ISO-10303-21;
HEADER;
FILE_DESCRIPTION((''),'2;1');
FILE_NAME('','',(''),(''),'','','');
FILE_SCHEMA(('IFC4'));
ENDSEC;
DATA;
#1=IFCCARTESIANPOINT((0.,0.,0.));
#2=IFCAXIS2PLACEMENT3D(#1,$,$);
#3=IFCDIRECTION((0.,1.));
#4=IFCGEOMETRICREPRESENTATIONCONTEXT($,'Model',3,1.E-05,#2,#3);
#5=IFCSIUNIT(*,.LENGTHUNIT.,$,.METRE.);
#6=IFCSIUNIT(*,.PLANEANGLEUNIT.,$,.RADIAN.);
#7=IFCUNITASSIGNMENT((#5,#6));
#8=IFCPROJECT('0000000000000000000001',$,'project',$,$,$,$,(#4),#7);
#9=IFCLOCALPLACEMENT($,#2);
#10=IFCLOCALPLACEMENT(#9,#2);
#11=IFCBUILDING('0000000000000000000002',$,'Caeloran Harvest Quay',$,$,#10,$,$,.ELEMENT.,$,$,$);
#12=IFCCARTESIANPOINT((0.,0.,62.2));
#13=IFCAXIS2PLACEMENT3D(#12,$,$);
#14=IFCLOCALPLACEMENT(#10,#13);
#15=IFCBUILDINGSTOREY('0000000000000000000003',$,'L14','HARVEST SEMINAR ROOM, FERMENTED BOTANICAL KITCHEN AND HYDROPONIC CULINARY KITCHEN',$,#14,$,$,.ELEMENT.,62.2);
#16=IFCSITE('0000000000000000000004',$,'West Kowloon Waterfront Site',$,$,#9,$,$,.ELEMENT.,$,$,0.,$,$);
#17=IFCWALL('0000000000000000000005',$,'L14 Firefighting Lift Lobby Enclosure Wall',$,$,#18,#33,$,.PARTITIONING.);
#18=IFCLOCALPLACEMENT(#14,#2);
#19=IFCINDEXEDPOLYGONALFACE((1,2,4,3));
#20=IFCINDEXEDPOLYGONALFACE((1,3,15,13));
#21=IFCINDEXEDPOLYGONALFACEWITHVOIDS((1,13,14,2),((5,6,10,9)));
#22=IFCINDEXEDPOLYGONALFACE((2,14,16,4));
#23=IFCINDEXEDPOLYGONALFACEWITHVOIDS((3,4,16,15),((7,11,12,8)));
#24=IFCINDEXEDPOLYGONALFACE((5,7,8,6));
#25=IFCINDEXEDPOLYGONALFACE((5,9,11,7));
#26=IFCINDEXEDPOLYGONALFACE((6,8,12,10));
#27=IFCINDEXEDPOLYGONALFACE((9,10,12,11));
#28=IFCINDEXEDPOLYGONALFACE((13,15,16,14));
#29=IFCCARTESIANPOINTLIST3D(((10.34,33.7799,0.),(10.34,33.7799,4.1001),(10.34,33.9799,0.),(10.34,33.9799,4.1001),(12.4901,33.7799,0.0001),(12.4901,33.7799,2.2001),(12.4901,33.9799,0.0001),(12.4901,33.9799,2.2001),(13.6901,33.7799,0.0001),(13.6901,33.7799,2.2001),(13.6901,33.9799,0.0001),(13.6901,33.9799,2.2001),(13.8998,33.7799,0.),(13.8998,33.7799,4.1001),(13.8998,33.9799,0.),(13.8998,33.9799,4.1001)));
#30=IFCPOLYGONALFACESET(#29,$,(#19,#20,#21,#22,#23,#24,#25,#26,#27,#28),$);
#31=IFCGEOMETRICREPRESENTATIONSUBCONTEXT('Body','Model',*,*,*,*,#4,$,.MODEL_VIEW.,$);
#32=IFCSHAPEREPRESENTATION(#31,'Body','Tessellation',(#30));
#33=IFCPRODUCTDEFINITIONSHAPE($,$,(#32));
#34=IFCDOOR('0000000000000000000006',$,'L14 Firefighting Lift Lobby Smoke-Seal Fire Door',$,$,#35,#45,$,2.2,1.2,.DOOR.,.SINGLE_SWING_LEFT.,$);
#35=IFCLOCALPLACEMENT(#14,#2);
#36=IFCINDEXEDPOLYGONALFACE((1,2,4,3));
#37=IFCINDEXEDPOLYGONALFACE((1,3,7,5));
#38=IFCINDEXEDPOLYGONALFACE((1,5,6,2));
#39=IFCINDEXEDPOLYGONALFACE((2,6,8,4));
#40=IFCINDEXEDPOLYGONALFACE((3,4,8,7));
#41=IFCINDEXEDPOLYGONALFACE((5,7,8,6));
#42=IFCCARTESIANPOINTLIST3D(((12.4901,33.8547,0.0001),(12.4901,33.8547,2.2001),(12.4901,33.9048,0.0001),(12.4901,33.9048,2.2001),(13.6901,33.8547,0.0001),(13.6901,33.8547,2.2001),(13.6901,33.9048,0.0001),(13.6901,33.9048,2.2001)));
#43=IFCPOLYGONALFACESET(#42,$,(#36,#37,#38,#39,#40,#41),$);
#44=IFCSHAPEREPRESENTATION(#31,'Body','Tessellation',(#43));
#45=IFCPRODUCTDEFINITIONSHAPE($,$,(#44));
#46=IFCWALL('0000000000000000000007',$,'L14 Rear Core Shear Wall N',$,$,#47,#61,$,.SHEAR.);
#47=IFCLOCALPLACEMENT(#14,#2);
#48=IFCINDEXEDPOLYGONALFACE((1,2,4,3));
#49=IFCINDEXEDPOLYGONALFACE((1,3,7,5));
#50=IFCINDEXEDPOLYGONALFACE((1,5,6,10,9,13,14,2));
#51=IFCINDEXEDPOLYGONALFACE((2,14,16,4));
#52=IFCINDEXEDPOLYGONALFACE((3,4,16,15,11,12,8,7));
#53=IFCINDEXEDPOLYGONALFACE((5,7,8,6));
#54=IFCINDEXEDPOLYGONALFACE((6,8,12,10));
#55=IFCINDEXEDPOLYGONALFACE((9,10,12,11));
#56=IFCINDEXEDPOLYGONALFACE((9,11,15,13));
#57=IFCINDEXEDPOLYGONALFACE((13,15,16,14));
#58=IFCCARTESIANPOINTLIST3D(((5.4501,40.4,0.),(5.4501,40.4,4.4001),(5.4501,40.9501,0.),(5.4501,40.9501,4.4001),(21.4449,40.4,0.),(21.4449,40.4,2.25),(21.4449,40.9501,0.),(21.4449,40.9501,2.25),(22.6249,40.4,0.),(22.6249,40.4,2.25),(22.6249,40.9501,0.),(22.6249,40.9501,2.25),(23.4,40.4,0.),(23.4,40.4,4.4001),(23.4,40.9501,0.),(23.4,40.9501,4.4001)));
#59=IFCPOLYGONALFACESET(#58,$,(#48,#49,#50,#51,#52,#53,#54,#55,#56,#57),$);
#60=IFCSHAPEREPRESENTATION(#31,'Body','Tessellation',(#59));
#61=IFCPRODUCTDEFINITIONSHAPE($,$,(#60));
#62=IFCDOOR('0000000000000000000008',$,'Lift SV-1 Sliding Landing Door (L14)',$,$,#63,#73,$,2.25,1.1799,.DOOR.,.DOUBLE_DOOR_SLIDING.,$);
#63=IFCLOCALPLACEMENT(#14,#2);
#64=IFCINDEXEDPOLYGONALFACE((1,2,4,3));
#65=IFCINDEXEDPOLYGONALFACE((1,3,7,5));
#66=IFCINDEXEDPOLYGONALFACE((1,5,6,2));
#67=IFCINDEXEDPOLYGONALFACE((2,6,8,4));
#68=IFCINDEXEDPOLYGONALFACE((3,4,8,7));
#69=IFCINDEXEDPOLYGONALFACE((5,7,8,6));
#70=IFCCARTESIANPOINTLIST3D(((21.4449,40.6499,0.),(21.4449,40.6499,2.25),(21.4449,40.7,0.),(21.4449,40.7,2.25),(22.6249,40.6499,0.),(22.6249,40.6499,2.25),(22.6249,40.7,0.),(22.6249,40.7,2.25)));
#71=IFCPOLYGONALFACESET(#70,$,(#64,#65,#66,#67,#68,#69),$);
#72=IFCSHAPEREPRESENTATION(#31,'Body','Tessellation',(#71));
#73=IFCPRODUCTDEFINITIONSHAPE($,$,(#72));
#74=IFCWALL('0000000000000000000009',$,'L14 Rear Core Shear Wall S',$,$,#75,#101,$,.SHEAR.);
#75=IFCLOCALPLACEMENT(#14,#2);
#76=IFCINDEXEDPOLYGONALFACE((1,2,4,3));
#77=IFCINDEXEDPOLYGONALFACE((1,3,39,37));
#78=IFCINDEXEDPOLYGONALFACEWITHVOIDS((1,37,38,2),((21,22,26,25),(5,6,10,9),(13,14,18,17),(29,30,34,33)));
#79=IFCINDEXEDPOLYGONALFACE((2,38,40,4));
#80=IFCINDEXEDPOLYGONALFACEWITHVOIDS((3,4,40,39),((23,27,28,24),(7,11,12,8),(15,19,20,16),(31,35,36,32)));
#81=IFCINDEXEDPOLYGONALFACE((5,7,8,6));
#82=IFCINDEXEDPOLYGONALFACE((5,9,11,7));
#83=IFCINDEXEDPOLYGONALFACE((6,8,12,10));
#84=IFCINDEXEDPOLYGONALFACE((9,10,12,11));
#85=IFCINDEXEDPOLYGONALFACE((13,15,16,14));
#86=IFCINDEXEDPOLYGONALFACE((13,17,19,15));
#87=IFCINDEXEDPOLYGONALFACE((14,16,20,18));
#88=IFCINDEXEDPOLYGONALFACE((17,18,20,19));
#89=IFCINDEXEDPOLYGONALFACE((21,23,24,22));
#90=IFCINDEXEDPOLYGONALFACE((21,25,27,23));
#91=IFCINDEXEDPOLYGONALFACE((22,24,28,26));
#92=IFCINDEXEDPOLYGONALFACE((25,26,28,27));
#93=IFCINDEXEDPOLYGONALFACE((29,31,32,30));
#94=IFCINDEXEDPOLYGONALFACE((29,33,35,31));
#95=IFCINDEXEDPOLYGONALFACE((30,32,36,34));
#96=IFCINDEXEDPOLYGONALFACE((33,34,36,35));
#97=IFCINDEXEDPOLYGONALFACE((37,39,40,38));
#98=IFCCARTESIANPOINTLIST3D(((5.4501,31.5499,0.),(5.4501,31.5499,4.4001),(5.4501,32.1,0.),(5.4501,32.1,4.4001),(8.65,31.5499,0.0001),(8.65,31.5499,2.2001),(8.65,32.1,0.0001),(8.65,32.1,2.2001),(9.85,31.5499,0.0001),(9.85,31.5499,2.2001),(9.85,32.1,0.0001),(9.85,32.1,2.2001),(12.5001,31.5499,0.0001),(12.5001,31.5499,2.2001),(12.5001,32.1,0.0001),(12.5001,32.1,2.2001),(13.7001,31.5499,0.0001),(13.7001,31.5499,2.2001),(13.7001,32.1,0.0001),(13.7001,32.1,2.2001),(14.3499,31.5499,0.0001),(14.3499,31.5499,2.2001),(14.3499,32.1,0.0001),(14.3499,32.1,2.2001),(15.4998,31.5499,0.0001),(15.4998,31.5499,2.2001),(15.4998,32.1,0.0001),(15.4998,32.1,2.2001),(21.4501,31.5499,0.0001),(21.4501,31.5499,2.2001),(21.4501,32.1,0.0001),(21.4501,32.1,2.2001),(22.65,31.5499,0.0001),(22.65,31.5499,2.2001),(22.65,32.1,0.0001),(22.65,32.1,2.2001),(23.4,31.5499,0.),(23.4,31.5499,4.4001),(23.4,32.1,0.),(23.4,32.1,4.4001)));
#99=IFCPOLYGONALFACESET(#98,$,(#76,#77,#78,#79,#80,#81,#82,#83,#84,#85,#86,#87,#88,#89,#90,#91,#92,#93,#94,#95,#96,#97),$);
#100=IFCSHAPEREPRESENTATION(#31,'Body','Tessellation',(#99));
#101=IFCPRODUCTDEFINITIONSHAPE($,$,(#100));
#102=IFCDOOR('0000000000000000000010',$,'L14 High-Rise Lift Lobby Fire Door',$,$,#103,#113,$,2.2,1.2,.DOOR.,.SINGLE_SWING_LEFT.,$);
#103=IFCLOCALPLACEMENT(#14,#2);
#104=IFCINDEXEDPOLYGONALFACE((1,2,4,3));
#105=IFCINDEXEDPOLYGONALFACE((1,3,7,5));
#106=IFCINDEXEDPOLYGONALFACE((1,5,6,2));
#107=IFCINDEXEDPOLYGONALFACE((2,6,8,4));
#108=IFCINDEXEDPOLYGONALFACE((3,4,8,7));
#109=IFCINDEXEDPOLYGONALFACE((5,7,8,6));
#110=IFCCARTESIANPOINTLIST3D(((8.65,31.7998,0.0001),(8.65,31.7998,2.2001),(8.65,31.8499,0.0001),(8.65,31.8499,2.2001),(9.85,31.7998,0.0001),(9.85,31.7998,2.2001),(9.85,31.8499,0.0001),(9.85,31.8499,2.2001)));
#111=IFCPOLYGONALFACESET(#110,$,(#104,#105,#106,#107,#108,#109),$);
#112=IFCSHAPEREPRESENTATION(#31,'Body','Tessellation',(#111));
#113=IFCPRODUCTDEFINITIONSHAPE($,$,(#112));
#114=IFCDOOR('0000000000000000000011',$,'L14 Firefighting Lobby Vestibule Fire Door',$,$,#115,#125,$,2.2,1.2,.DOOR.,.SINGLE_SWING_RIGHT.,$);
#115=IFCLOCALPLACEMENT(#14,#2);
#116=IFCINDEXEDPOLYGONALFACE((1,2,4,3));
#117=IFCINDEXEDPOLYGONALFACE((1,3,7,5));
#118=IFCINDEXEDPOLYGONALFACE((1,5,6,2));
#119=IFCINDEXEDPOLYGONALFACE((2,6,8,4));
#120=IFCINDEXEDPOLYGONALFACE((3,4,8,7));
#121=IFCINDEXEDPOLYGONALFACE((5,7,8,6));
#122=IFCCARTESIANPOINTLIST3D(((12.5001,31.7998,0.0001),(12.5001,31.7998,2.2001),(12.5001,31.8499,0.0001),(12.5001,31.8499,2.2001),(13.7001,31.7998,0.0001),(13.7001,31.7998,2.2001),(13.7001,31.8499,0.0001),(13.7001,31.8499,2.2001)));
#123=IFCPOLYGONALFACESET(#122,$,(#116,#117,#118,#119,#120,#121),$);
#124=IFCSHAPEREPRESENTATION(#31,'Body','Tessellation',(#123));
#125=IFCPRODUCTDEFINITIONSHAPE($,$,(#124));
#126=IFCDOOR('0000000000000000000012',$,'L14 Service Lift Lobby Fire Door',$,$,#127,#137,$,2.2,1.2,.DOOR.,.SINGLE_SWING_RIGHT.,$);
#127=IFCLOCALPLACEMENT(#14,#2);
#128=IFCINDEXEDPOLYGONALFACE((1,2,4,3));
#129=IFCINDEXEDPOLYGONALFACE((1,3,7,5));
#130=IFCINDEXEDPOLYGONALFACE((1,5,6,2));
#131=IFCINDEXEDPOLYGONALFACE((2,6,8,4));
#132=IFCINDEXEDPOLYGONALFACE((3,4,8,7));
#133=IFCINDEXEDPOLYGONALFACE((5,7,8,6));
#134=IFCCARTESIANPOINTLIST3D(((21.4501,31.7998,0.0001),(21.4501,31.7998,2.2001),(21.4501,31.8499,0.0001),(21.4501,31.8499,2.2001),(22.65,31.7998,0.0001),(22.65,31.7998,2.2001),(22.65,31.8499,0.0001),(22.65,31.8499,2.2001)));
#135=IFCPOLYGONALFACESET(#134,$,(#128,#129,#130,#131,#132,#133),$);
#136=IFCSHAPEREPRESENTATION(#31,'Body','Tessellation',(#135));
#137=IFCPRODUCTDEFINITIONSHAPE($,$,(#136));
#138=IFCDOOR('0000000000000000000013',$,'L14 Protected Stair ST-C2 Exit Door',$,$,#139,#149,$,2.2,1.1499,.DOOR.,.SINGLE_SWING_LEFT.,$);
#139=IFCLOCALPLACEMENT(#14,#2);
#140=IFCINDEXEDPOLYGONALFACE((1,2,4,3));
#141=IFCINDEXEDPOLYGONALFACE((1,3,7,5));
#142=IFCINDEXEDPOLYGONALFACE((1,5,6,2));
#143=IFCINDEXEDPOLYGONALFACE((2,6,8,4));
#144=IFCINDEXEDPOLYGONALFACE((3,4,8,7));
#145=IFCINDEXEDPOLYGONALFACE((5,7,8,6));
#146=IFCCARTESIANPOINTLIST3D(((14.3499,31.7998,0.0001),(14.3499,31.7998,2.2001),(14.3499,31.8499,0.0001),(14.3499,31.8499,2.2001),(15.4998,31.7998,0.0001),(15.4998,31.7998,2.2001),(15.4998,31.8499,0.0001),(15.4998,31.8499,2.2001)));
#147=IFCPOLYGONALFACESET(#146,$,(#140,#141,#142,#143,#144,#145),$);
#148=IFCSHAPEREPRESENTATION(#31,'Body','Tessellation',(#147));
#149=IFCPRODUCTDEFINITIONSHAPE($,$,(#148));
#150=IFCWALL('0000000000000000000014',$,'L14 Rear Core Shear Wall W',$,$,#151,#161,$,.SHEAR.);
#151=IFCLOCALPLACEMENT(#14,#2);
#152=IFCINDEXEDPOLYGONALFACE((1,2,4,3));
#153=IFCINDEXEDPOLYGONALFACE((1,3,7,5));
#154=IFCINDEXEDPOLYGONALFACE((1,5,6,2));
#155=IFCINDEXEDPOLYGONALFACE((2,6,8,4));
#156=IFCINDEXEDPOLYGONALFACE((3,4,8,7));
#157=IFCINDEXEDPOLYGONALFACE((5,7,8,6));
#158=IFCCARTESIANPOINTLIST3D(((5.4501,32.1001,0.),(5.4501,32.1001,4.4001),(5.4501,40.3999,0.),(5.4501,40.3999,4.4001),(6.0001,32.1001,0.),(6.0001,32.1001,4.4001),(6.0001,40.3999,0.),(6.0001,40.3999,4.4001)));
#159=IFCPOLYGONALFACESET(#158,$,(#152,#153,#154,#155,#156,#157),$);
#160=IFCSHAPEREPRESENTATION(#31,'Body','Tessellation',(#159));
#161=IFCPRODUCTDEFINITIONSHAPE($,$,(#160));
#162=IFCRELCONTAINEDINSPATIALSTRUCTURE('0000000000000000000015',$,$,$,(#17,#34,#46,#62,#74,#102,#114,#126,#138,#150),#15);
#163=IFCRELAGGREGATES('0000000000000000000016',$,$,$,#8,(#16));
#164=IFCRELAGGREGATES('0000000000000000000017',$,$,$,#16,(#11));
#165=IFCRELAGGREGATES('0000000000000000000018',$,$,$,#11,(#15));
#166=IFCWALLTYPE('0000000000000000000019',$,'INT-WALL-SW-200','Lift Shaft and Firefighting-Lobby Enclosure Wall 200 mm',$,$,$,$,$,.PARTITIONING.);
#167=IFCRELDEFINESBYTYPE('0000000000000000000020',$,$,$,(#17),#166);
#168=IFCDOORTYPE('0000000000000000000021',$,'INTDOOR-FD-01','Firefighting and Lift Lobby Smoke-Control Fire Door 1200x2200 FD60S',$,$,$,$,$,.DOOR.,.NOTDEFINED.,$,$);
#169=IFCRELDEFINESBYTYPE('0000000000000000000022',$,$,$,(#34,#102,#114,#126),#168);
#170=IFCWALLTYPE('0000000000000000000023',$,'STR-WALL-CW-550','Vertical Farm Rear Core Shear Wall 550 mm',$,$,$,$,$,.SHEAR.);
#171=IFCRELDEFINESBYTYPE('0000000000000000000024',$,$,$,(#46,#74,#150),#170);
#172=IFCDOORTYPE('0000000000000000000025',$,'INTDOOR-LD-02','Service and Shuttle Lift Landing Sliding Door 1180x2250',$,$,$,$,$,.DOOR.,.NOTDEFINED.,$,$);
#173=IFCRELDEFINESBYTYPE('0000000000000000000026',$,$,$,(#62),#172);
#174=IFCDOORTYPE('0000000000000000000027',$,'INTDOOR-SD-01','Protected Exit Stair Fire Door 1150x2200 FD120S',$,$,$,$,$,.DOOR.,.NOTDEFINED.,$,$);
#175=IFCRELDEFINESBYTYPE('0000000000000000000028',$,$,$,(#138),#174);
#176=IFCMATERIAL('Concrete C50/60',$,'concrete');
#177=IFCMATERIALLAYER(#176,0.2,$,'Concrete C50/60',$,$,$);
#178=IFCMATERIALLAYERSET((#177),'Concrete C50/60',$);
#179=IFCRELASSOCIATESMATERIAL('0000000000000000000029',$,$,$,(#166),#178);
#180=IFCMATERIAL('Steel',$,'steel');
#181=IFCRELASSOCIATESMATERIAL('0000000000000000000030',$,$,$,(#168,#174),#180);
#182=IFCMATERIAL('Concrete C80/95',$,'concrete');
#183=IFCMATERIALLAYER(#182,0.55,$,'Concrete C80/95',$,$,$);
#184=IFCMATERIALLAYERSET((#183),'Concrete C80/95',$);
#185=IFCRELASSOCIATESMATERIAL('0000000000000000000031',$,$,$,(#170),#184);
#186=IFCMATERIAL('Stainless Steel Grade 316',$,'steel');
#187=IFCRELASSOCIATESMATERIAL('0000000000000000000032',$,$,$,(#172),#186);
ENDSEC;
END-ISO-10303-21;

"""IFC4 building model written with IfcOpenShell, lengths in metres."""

from ifc_helpers import new_model, si_unit, direction, frame, frame_2d, origin, place, context, subcontext, project, spatial, rectangle, extrude, material, layer, layer_set, type_object, element, fill, save


model = new_model("IFC4")

# Units and contexts
model_context = context("Model", 3, precision=1e-05, world=origin(), true_north=direction((0.0, 1.0)))
body_context = subcontext(model_context, "Body", "Model", "MODEL_VIEW")
ifc_project = project(units=[si_unit("LENGTHUNIT", "METRE"), si_unit("PLANEANGLEUNIT", "RADIAN")], contexts=[model_context])

# Site, building, storey
site_placement = place(None, origin())
site = spatial("IfcSite", under=ifc_project, at=site_placement, Name="West Kowloon Waterfront Site", CompositionType="ELEMENT", RefElevation=0.0)
building_placement = place(site_placement, origin())
building = spatial("IfcBuilding", under=site, at=building_placement, Name="Caeloran Harvest Quay", CompositionType="ELEMENT")
storey_placement = place(building_placement, frame((0.0, 0.0, 62.2)))
storey = spatial("IfcBuildingStorey", under=building, at=storey_placement, Name="L14", Description="HARVEST SEMINAR ROOM, FERMENTED BOTANICAL KITCHEN AND HYDROPONIC CULINARY KITCHEN", CompositionType="ELEMENT", Elevation=62.2)

# Shared definitions
ifc_material_1 = material(Name="Concrete C80/95", Category="concrete")

# Shared definitions
ifc_material_2 = material(Name="Concrete C50/60", Category="concrete")
ifc_layer_1 = layer(ifc_material_2, 0.2, Name="Concrete C50/60")
ifc_layer_set_1 = layer_set([ifc_layer_1], Name="Concrete C50/60")
wall_type_1 = type_object("IfcWallType", Name="INT-WALL-SW-200", Description="Lift Shaft and Firefighting-Lobby Enclosure Wall 200 mm", PredefinedType="PARTITIONING", material=ifc_layer_set_1)

# Shared definitions
ifc_material_3 = material(Name="Stainless Steel Grade 316", Category="steel")

# Walls, openings, doors
wall_1_placement = place(storey_placement, frame((10.3401, 33.8799, 0.0), z_axis=(0.0, 0.0, 1.0), x_axis=(1.0, 0.0, 0.0)))
wall_1 = element("IfcWall", 1, at=wall_1_placement, inside=storey, type_object=wall_type_1, Name="L14 Firefighting Lift Lobby Enclosure Wall", PredefinedType="PARTITIONING", context=body_context, shape_type="SweptSolid", body=[
    extrude(rectangle(XDim=3.5598, YDim=0.2, at=frame_2d((1.7798, 0.0))), origin(), (0.0, 0.0, 1.0), 4.1001),
])
opening_1_placement = place(wall_1_placement, frame((2.1499, 0.0, 0.0)))
opening_1 = element("IfcOpeningElement", 2, at=opening_1_placement, cuts=wall_1, PredefinedType="OPENING", context=body_context, shape_type="SweptSolid", body=[
    extrude(rectangle(XDim=1.2, YDim=2.2, at=frame_2d((0.6001, 1.1001))), frame((0.0, 0.1099, 0.0), z_axis=(0.0, -1.0, 0.0), x_axis=(1.0, 0.0, 0.0)), (0.0, 0.0, 1.0), 0.22),
])
ifc_material_4 = material(Name="Steel", Category="steel")
door_type_1 = type_object("IfcDoorType", Name="INTDOOR-FD-01", Description="Firefighting and Lift Lobby Smoke-Control Fire Door 1200x2200 FD60S", OperationType="NOTDEFINED", PredefinedType="DOOR", material=ifc_material_4)
door_1_placement = place(opening_1_placement, origin())
door_1 = element("IfcDoor", 3, at=door_1_placement, inside=storey, type_object=door_type_1, Name="L14 Firefighting Lift Lobby Smoke-Seal Fire Door", OperationType="SINGLE_SWING_LEFT", OverallHeight=2.2, OverallWidth=1.2, PredefinedType="DOOR", context=body_context, shape_type="SweptSolid", body=[
    extrude(rectangle(XDim=1.2, YDim=2.2, at=frame_2d((0.6001, 1.1001))), frame((0.0, 0.0249, 0.0), z_axis=(0.0, -1.0, 0.0), x_axis=(1.0, 0.0, 0.0)), (0.0, 0.0, 1.0), 0.05),
])
fill(opening_1, door_1)
ifc_layer_2 = layer(ifc_material_1, 0.55, Name="Concrete C80/95")
ifc_layer_set_2 = layer_set([ifc_layer_2], Name="Concrete C80/95")
wall_type_2 = type_object("IfcWallType", Name="STR-WALL-CW-550", Description="Vertical Farm Rear Core Shear Wall 550 mm", PredefinedType="SHEAR", material=ifc_layer_set_2)
wall_2_placement = place(storey_placement, frame((5.45, 40.675, 0.0), z_axis=(0.0, 0.0, 1.0), x_axis=(1.0, 0.0, 0.0)))
wall_2 = element("IfcWall", 4, at=wall_2_placement, inside=storey, type_object=wall_type_2, Name="L14 Rear Core Shear Wall N", PredefinedType="SHEAR", context=body_context, shape_type="SweptSolid", body=[
    extrude(rectangle(XDim=17.95, YDim=0.55, at=frame_2d((8.9751, 0.0))), origin(), (0.0, 0.0, 1.0), 4.4001),
])
opening_2_placement = place(wall_2_placement, frame((15.9951, 0.0, 0.0)))
opening_2 = element("IfcOpeningElement", 5, at=opening_2_placement, cuts=wall_2, PredefinedType="OPENING", context=body_context, shape_type="SweptSolid", body=[
    extrude(rectangle(XDim=1.1799, YDim=2.25, at=frame_2d((0.5898, 1.125))), frame((0.0, 0.2852, 0.0), z_axis=(0.0, -1.0, 0.0), x_axis=(1.0, 0.0, 0.0)), (0.0, 0.0, 1.0), 0.5701),
])
door_type_2 = type_object("IfcDoorType", Name="INTDOOR-LD-02", Description="Service and Shuttle Lift Landing Sliding Door 1180x2250", OperationType="NOTDEFINED", PredefinedType="DOOR", material=ifc_material_3)
door_2_placement = place(opening_2_placement, origin())
door_2 = element("IfcDoor", 6, at=door_2_placement, inside=storey, type_object=door_type_2, Name="Lift SV-1 Sliding Landing Door (L14)", OperationType="DOUBLE_DOOR_SLIDING", OverallHeight=2.25, OverallWidth=1.1799, PredefinedType="DOOR", context=body_context, shape_type="SweptSolid", body=[
    extrude(rectangle(XDim=1.1799, YDim=2.25, at=frame_2d((0.5898, 1.125))), frame((0.0, 0.0249, 0.0), z_axis=(0.0, -1.0, 0.0), x_axis=(1.0, 0.0, 0.0)), (0.0, 0.0, 1.0), 0.05),
])
fill(opening_2, door_2)

# Wall, openings, doors
wall_3_placement = place(storey_placement, frame((5.45, 31.825, 0.0), z_axis=(0.0, 0.0, 1.0), x_axis=(1.0, 0.0, 0.0)))
wall_3 = element("IfcWall", 7, at=wall_3_placement, inside=storey, type_object=wall_type_2, Name="L14 Rear Core Shear Wall S", PredefinedType="SHEAR", context=body_context, shape_type="SweptSolid", body=[
    extrude(rectangle(XDim=17.95, YDim=0.55, at=frame_2d((8.9751, 0.0))), origin(), (0.0, 0.0, 1.0), 4.4001),
])
opening_3_placement = place(wall_3_placement, frame((3.2, 0.0, 0.0)))
opening_3 = element("IfcOpeningElement", 8, at=opening_3_placement, cuts=wall_3, PredefinedType="OPENING", context=body_context, shape_type="SweptSolid", body=[
    extrude(rectangle(XDim=1.2, YDim=2.2, at=frame_2d((0.6001, 1.1001))), frame((0.0, 0.2852, 0.0), z_axis=(0.0, -1.0, 0.0), x_axis=(1.0, 0.0, 0.0)), (0.0, 0.0, 1.0), 0.5701),
])
opening_4_placement = place(wall_3_placement, frame((7.05, 0.0, 0.0)))
opening_4 = element("IfcOpeningElement", 9, at=opening_4_placement, cuts=wall_3, PredefinedType="OPENING", context=body_context, shape_type="SweptSolid", body=[
    extrude(rectangle(XDim=1.2, YDim=2.2, at=frame_2d((0.6001, 1.1001))), frame((0.0, 0.2852, 0.0), z_axis=(0.0, -1.0, 0.0), x_axis=(1.0, 0.0, 0.0)), (0.0, 0.0, 1.0), 0.5701),
])
opening_5_placement = place(wall_3_placement, frame((8.8999, 0.0, 0.0)))
opening_5 = element("IfcOpeningElement", 10, at=opening_5_placement, cuts=wall_3, PredefinedType="OPENING", context=body_context, shape_type="SweptSolid", body=[
    extrude(rectangle(XDim=1.1499, YDim=2.2, at=frame_2d((0.575, 1.1001))), frame((0.0, 0.2852, 0.0), z_axis=(0.0, -1.0, 0.0), x_axis=(1.0, 0.0, 0.0)), (0.0, 0.0, 1.0), 0.5701),
])
opening_6_placement = place(wall_3_placement, frame((16.0, 0.0, 0.0)))
opening_6 = element("IfcOpeningElement", 11, at=opening_6_placement, cuts=wall_3, PredefinedType="OPENING", context=body_context, shape_type="SweptSolid", body=[
    extrude(rectangle(XDim=1.2, YDim=2.2, at=frame_2d((0.6001, 1.1001))), frame((0.0, 0.2852, 0.0), z_axis=(0.0, -1.0, 0.0), x_axis=(1.0, 0.0, 0.0)), (0.0, 0.0, 1.0), 0.5701),
])
door_3_placement = place(opening_3_placement, origin())
door_3 = element("IfcDoor", 12, at=door_3_placement, inside=storey, type_object=door_type_1, Name="L14 High-Rise Lift Lobby Fire Door", OperationType="SINGLE_SWING_LEFT", OverallHeight=2.2, OverallWidth=1.2, PredefinedType="DOOR", context=body_context, shape_type="SweptSolid", body=[
    extrude(rectangle(XDim=1.2, YDim=2.2, at=frame_2d((0.6001, 1.1001))), frame((0.0, 0.0249, 0.0), z_axis=(0.0, -1.0, 0.0), x_axis=(1.0, 0.0, 0.0)), (0.0, 0.0, 1.0), 0.05),
])
fill(opening_3, door_3)
door_4_placement = place(opening_4_placement, origin())
door_4 = element("IfcDoor", 13, at=door_4_placement, inside=storey, type_object=door_type_1, Name="L14 Firefighting Lobby Vestibule Fire Door", OperationType="SINGLE_SWING_RIGHT", OverallHeight=2.2, OverallWidth=1.2, PredefinedType="DOOR", context=body_context, shape_type="SweptSolid", body=[
    extrude(rectangle(XDim=1.2, YDim=2.2, at=frame_2d((0.6001, 1.1001))), frame((0.0, 0.0249, 0.0), z_axis=(0.0, -1.0, 0.0), x_axis=(1.0, 0.0, 0.0)), (0.0, 0.0, 1.0), 0.05),
])
fill(opening_4, door_4)
door_5_placement = place(opening_6_placement, origin())
door_5 = element("IfcDoor", 14, at=door_5_placement, inside=storey, type_object=door_type_1, Name="L14 Service Lift Lobby Fire Door", OperationType="SINGLE_SWING_RIGHT", OverallHeight=2.2, OverallWidth=1.2, PredefinedType="DOOR", context=body_context, shape_type="SweptSolid", body=[
    extrude(rectangle(XDim=1.2, YDim=2.2, at=frame_2d((0.6001, 1.1001))), frame((0.0, 0.0249, 0.0), z_axis=(0.0, -1.0, 0.0), x_axis=(1.0, 0.0, 0.0)), (0.0, 0.0, 1.0), 0.05),
])
fill(opening_6, door_5)
door_type_3 = type_object("IfcDoorType", Name="INTDOOR-SD-01", Description="Protected Exit Stair Fire Door 1150x2200 FD120S", OperationType="NOTDEFINED", PredefinedType="DOOR", material=ifc_material_4)
door_6_placement = place(opening_5_placement, origin())
door_6 = element("IfcDoor", 15, at=door_6_placement, inside=storey, type_object=door_type_3, Name="L14 Protected Stair ST-C2 Exit Door", OperationType="SINGLE_SWING_LEFT", OverallHeight=2.2, OverallWidth=1.1499, PredefinedType="DOOR", context=body_context, shape_type="SweptSolid", body=[
    extrude(rectangle(XDim=1.1499, YDim=2.2, at=frame_2d((0.575, 1.1001))), frame((0.0, 0.0249, 0.0), z_axis=(0.0, -1.0, 0.0), x_axis=(1.0, 0.0, 0.0)), (0.0, 0.0, 1.0), 0.05),
])
fill(opening_5, door_6)

# Wall
wall_4_placement = place(storey_placement, frame((5.7251, 32.1001, 0.0), z_axis=(0.0, 0.0, 1.0), x_axis=(0.0, 1.0, 0.0)))
element("IfcWall", 16, at=wall_4_placement, inside=storey, type_object=wall_type_2, Name="L14 Rear Core Shear Wall W", PredefinedType="SHEAR", context=body_context, shape_type="SweptSolid", body=[
    extrude(rectangle(XDim=8.2998, YDim=0.55, at=frame_2d((4.1499, 0.0))), origin(), (0.0, 0.0, 1.0), 4.4001),
])

save(model, "model.ifc")
